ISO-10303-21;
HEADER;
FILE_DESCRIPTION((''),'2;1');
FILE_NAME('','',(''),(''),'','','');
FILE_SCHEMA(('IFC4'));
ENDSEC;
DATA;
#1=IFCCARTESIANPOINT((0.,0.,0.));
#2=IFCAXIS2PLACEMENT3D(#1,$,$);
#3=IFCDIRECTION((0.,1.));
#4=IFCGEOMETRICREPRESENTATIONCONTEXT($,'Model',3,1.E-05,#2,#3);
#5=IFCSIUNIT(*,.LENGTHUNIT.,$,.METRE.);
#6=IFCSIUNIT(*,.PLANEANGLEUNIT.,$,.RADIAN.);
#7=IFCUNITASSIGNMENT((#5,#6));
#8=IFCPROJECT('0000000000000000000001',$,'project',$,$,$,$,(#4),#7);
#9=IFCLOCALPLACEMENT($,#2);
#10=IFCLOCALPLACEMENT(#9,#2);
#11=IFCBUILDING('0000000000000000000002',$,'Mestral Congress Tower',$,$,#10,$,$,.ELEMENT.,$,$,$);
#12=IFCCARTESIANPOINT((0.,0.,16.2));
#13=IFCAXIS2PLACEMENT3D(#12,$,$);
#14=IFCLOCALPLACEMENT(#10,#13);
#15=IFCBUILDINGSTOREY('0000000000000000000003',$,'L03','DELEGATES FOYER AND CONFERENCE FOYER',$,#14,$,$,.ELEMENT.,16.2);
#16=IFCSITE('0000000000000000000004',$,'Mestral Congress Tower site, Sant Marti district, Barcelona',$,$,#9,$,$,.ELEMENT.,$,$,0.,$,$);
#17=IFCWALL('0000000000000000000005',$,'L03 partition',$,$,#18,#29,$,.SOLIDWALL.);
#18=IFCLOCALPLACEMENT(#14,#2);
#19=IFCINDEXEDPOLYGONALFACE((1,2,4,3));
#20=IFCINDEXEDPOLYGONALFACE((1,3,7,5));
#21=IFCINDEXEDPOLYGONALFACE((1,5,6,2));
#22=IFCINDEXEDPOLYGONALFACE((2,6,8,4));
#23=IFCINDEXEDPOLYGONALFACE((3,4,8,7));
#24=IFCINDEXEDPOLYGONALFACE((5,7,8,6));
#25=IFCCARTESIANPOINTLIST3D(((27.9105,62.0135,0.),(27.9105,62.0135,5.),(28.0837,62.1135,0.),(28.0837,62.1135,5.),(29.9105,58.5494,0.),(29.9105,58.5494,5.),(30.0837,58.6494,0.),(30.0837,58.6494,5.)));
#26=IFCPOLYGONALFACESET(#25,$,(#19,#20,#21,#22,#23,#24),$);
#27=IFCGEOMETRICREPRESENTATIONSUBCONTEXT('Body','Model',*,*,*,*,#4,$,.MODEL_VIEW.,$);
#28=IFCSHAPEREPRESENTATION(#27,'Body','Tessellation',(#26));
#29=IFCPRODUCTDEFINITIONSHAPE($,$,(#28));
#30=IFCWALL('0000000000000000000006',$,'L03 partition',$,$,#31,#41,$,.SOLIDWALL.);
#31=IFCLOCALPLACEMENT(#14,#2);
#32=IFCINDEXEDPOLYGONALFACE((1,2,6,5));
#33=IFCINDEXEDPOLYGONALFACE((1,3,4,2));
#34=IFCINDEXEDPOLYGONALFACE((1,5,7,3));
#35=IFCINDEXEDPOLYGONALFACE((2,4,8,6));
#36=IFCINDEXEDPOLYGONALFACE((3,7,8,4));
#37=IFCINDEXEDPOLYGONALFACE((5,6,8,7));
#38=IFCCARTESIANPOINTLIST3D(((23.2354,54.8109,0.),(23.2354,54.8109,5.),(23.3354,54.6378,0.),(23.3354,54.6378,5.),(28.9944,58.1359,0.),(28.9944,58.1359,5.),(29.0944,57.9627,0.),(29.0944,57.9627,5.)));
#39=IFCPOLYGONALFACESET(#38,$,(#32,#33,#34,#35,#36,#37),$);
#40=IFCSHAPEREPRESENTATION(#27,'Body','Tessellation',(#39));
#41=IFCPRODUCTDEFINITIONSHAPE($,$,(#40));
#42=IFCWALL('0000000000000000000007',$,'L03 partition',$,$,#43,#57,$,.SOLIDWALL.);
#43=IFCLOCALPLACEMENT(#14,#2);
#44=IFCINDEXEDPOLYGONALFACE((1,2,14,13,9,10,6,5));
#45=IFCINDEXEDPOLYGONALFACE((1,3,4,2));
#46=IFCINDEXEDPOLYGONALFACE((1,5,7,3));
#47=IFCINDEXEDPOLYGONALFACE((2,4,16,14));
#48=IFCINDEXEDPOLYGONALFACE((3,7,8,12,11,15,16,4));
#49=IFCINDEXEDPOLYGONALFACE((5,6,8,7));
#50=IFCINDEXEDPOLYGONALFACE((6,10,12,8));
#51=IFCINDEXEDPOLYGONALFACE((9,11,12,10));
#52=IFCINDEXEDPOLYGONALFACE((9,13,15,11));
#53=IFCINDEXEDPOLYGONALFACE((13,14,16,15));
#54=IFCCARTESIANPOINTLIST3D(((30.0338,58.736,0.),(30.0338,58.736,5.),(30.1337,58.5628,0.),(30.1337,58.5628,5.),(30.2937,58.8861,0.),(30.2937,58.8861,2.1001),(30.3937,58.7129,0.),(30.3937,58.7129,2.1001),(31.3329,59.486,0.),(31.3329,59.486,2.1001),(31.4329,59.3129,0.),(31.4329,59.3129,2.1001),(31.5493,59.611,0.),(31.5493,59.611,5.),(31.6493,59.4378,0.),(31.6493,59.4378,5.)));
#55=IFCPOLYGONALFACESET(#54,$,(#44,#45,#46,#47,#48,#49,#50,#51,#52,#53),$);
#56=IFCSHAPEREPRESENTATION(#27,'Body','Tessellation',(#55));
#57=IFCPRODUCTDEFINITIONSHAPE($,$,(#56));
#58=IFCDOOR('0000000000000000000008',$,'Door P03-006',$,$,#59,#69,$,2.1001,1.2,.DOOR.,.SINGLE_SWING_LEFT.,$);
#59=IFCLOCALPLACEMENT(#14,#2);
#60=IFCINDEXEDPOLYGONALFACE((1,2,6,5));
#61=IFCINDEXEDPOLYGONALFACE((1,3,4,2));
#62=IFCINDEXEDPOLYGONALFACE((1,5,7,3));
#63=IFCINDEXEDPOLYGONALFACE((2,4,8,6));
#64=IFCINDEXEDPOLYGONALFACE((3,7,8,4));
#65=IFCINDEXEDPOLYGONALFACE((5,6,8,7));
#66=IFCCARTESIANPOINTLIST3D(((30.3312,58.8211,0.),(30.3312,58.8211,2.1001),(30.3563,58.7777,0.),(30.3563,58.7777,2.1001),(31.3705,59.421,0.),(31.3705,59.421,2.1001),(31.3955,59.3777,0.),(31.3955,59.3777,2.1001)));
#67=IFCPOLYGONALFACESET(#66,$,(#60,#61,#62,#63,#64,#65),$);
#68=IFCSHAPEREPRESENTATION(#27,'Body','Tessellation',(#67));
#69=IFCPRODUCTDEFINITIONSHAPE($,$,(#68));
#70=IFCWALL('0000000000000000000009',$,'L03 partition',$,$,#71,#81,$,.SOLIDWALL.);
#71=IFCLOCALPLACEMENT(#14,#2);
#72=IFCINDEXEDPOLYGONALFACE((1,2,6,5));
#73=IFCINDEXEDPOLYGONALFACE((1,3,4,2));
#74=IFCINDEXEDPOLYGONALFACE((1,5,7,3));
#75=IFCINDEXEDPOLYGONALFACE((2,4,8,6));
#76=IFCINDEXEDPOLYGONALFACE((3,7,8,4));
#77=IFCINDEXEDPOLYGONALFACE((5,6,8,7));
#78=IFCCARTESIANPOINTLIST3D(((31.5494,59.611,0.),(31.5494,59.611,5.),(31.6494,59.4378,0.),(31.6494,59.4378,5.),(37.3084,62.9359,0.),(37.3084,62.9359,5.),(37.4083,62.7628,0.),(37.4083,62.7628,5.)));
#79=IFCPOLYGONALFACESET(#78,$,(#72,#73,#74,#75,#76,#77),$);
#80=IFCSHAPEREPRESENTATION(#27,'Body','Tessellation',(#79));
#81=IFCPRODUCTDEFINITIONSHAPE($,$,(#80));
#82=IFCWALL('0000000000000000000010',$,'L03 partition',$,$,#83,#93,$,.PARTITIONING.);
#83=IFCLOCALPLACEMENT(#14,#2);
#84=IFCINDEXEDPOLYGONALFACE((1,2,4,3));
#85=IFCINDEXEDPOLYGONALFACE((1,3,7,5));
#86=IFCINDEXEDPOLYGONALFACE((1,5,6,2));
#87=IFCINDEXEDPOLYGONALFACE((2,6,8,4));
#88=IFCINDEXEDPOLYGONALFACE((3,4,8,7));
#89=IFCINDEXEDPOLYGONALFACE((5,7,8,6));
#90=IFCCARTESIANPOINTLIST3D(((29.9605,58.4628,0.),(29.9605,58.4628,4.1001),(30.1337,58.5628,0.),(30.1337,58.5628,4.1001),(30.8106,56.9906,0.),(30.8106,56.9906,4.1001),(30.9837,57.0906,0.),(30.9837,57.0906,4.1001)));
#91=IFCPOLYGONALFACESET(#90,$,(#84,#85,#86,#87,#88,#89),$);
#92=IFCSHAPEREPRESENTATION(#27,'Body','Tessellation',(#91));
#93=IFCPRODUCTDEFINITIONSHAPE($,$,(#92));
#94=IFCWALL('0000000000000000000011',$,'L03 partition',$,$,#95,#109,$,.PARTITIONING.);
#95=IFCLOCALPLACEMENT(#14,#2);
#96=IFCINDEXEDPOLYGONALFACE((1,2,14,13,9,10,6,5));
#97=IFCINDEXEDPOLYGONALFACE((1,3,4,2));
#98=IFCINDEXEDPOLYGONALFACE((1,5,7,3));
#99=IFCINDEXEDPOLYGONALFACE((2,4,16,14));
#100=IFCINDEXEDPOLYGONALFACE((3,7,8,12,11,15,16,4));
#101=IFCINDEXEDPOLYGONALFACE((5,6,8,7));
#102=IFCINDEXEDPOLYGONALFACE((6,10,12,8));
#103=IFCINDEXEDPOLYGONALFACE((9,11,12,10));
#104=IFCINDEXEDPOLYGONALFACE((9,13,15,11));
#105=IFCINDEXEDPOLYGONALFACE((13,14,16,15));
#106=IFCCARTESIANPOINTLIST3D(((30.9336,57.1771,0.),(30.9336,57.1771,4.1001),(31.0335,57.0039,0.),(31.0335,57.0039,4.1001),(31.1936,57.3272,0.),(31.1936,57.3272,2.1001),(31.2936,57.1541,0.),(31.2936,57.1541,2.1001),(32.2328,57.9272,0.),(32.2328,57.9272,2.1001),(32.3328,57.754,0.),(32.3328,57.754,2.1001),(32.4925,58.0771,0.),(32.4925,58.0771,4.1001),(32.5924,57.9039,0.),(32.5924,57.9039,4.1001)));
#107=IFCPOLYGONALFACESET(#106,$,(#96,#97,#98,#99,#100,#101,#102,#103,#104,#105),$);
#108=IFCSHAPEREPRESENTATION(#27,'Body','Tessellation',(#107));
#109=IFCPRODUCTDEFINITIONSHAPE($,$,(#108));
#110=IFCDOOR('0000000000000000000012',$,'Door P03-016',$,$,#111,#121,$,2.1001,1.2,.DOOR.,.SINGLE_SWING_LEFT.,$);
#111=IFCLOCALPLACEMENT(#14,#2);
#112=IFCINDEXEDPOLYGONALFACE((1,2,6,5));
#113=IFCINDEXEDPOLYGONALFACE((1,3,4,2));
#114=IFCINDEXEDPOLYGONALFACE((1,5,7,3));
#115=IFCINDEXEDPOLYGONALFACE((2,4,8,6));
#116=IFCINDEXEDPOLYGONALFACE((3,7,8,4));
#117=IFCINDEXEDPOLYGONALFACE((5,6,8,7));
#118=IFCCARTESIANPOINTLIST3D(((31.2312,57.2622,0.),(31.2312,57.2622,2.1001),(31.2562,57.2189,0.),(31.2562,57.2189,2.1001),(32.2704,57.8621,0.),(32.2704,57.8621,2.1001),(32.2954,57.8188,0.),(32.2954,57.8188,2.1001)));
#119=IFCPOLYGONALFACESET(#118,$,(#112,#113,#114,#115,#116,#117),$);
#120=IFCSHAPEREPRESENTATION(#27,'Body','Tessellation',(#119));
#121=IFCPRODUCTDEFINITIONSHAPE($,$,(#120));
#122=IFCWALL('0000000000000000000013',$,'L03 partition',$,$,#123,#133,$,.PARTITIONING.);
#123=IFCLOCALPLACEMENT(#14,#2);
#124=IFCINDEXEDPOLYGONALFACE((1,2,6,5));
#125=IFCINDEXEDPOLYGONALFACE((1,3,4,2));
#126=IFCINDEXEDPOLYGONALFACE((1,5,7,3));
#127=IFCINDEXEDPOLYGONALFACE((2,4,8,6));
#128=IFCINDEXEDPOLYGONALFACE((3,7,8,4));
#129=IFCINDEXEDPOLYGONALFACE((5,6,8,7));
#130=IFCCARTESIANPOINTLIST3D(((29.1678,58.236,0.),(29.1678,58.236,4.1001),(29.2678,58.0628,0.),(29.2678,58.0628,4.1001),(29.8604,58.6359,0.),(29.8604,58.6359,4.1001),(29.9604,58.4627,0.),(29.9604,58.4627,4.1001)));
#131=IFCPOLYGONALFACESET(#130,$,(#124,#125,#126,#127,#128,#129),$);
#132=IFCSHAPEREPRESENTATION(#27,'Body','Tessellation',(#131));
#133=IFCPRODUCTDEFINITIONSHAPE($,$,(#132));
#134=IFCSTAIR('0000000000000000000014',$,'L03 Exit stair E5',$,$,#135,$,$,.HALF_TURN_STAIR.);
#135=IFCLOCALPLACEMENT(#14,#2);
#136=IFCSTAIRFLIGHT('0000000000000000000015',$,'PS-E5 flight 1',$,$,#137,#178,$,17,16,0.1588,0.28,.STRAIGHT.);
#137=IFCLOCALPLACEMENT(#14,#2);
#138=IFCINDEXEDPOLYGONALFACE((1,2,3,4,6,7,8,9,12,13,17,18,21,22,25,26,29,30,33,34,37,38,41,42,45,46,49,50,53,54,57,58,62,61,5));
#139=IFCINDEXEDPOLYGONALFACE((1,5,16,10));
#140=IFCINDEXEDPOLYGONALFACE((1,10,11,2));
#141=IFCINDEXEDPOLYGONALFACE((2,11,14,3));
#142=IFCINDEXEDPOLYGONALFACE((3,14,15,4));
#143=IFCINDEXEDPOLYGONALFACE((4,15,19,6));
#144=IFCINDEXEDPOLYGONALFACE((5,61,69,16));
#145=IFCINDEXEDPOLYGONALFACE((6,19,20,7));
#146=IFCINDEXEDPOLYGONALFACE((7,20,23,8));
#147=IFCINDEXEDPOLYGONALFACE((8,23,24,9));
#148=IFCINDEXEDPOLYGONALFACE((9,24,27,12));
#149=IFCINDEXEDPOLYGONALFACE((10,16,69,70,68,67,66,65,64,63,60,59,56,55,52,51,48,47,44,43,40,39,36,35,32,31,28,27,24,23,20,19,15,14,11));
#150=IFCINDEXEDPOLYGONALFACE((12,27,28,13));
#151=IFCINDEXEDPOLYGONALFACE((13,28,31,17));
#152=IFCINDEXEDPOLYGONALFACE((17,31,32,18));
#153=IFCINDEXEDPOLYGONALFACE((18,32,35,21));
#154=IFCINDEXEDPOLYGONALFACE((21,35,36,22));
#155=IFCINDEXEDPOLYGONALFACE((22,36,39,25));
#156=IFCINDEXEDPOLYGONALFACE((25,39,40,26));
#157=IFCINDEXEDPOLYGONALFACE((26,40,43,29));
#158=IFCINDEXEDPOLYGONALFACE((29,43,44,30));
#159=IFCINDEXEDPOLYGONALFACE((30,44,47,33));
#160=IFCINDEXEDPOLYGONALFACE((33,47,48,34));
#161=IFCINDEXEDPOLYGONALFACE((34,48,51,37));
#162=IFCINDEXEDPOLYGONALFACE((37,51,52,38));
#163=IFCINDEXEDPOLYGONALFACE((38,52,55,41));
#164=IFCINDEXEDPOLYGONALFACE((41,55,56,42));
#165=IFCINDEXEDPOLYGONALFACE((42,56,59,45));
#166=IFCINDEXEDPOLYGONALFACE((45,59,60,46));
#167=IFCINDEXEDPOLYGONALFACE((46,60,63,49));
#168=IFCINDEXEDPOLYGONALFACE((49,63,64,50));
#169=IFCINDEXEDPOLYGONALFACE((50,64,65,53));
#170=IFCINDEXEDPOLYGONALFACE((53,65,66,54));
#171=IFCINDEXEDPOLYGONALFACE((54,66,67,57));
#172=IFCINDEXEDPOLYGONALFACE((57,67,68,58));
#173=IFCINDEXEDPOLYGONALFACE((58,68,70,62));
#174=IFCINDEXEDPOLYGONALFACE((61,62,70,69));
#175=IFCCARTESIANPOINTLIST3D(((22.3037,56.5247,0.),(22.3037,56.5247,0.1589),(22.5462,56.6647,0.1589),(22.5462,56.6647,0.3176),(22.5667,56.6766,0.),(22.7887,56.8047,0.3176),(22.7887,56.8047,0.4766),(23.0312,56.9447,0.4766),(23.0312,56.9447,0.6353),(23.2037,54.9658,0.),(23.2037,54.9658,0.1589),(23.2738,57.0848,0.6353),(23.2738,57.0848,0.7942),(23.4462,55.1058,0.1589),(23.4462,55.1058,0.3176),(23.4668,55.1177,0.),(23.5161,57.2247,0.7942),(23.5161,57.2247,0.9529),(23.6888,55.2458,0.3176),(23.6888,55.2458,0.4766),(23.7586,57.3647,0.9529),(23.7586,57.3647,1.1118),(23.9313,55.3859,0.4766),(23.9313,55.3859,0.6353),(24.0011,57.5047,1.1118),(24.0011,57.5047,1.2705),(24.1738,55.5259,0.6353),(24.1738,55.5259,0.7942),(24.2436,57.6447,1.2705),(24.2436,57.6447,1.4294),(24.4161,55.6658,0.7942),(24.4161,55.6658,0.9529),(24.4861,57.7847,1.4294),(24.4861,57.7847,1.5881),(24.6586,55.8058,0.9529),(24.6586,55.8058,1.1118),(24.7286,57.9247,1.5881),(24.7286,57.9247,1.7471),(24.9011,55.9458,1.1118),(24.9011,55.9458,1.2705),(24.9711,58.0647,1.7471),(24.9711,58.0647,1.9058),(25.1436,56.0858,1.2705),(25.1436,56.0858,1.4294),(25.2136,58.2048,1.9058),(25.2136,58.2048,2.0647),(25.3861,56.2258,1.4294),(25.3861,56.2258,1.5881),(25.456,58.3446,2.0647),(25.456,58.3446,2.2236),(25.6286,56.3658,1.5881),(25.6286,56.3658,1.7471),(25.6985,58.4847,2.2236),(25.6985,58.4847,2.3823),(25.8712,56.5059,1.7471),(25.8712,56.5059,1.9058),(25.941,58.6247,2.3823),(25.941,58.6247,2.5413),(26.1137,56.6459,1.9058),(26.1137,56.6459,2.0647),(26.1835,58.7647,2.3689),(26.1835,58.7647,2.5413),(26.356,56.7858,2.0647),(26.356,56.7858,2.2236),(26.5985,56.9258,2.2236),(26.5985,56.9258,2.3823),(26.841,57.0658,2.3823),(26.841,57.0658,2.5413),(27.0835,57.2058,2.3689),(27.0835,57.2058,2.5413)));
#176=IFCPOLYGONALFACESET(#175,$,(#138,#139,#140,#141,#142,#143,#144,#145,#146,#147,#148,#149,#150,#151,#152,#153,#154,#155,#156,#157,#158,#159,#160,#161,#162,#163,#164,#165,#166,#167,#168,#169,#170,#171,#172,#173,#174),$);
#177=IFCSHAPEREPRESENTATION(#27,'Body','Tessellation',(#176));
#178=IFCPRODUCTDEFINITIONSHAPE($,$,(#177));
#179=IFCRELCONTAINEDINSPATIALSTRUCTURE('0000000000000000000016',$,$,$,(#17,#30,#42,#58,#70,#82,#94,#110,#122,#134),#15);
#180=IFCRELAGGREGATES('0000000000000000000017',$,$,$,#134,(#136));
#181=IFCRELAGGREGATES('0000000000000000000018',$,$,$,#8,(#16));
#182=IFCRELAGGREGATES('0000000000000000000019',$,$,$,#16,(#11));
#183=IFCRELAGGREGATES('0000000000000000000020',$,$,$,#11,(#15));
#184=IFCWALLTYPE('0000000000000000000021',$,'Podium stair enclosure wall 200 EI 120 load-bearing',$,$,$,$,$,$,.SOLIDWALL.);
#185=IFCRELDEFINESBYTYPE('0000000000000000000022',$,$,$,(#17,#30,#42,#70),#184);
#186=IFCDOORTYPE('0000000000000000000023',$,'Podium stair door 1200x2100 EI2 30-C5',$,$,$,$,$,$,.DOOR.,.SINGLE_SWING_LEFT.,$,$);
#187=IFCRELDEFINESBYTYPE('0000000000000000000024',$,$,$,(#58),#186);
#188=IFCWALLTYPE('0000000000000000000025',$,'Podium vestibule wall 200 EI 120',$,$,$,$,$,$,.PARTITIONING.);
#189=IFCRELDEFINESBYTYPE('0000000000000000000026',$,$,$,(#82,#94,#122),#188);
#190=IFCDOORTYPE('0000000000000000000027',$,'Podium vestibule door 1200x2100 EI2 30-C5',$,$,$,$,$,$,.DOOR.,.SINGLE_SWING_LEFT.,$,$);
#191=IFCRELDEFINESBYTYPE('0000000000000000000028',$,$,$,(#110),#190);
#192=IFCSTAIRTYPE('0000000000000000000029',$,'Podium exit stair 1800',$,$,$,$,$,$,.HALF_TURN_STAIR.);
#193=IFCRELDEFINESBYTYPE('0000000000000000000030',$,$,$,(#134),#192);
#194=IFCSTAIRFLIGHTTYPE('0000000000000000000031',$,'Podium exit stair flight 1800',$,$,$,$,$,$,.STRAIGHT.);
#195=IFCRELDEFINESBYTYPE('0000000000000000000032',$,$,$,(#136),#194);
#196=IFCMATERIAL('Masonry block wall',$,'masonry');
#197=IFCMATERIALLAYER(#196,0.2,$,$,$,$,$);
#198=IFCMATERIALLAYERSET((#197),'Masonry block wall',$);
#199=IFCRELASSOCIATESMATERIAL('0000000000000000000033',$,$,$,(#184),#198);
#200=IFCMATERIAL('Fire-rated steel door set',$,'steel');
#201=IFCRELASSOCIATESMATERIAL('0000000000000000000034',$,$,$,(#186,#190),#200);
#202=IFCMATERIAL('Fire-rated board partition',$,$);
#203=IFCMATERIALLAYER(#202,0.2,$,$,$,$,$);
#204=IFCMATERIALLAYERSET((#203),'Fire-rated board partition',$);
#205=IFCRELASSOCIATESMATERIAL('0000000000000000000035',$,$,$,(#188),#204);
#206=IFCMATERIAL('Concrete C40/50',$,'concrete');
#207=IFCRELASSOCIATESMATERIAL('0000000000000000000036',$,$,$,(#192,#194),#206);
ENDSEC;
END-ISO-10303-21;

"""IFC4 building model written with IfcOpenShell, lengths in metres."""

from ifc_helpers import new_model, si_unit, direction, frame, frame_2d, origin, place, context, subcontext, project, spatial, polyline, rectangle, outline, extrude, material, layer, layer_set, type_object, element, fill, aggregate, save


model = new_model("IFC4")

# Units and contexts
model_context = context("Model", 3, precision=1e-05, world=origin(), true_north=direction((0.0, 1.0)))
body_context = subcontext(model_context, "Body", "Model", "MODEL_VIEW")
ifc_project = project(units=[si_unit("LENGTHUNIT", "METRE"), si_unit("PLANEANGLEUNIT", "RADIAN")], contexts=[model_context])

# Site, building, storey
site_placement = place(None, origin())
site = spatial("IfcSite", under=ifc_project, at=site_placement, Name="Mestral Congress Tower site, Sant Marti district, Barcelona", CompositionType="ELEMENT", RefElevation=0.0)
building_placement = place(site_placement, origin())
building = spatial("IfcBuilding", under=site, at=building_placement, Name="Mestral Congress Tower", CompositionType="ELEMENT")
storey_placement = place(building_placement, frame((0.0, 0.0, 16.2)))
storey = spatial("IfcBuildingStorey", under=building, at=storey_placement, Name="L03", Description="DELEGATES FOYER AND CONFERENCE FOYER", CompositionType="ELEMENT", Elevation=16.2)

# Walls
ifc_material_1 = material(Name="Masonry block wall", Category="masonry")
ifc_layer_1 = layer(ifc_material_1, 0.2)
ifc_layer_set_1 = layer_set([ifc_layer_1], Name="Masonry block wall")
wall_type_1 = type_object("IfcWallType", Name="Podium stair enclosure wall 200 EI 120 load-bearing", PredefinedType="SOLIDWALL", material=ifc_layer_set_1)
wall_1_placement = place(storey_placement, frame((29.9971, 58.5994, 0.0), z_axis=(0.0, 0.0, 1.0), x_axis=(-0.499999, 0.866026, 0.0)))
element("IfcWall", 1, at=wall_1_placement, inside=storey, type_object=wall_type_1, Name="L03 partition", PredefinedType="SOLIDWALL", context=body_context, shape_type="SweptSolid", body=[
    extrude(rectangle(XDim=4.0, YDim=0.2, at=frame_2d((2.0, 0.0))), origin(), (0.0, 0.0, 1.0), 5.0),
])
wall_2_placement = place(storey_placement, frame((23.2854, 54.7244, 0.0), z_axis=(0.0, 0.0, 1.0), x_axis=(0.866027, 0.499997, 0.0)))
element("IfcWall", 2, at=wall_2_placement, inside=storey, type_object=wall_type_1, Name="L03 partition", PredefinedType="SOLIDWALL", context=body_context, shape_type="SweptSolid", body=[
    extrude(rectangle(XDim=6.6499, YDim=0.2, at=frame_2d((3.325, 0.0))), origin(), (0.0, 0.0, 1.0), 5.0),
])

# Wall, opening, door
wall_3_placement = place(storey_placement, frame((30.0837, 58.6494, 0.0), z_axis=(0.0, 0.0, 1.0), x_axis=(0.866037, 0.49998, 0.0)))
wall_3 = element("IfcWall", 3, at=wall_3_placement, inside=storey, type_object=wall_type_1, Name="L03 partition", PredefinedType="SOLIDWALL", context=body_context, shape_type="SweptSolid", body=[
    extrude(rectangle(XDim=1.75, YDim=0.2, at=frame_2d((0.875, 0.0))), origin(), (0.0, 0.0, 1.0), 5.0),
])
opening_1_placement = place(wall_3_placement, frame((0.3, 0.0, 0.0)))
opening_1 = element("IfcOpeningElement", 4, at=opening_1_placement, cuts=wall_3, PredefinedType="OPENING", context=body_context, shape_type="SweptSolid", body=[
    extrude(rectangle(XDim=1.2, YDim=2.1001, at=frame_2d((0.6001, 1.05))), frame((0.0, 0.1099, 0.0), z_axis=(0.0, -1.0, 0.0), x_axis=(1.0, 0.0, 0.0)), (0.0, 0.0, 1.0), 0.22),
])
ifc_material_2 = material(Name="Fire-rated steel door set", Category="steel")
door_type_1 = type_object("IfcDoorType", Name="Podium stair door 1200x2100 EI2 30-C5", OperationType="SINGLE_SWING_LEFT", PredefinedType="DOOR", material=ifc_material_2)
door_1_placement = place(opening_1_placement, origin())
door_1 = element("IfcDoor", 5, at=door_1_placement, inside=storey, type_object=door_type_1, Name="Door P03-006", OperationType="SINGLE_SWING_LEFT", OverallHeight=2.1001, OverallWidth=1.2, PredefinedType="DOOR", context=body_context, shape_type="SweptSolid", body=[
    extrude(rectangle(XDim=1.2, YDim=2.1001, at=frame_2d((0.6001, 1.05))), frame((0.0, 0.0249, 0.0), z_axis=(0.0, -1.0, 0.0), x_axis=(1.0, 0.0, 0.0)), (0.0, 0.0, 1.0), 0.05),
])
fill(opening_1, door_1)

# Walls
wall_4_placement = place(storey_placement, frame((31.5994, 59.5244, 0.0), z_axis=(0.0, 0.0, 1.0), x_axis=(0.866027, 0.499997, 0.0)))
element("IfcWall", 6, at=wall_4_placement, inside=storey, type_object=wall_type_1, Name="L03 partition", PredefinedType="SOLIDWALL", context=body_context, shape_type="SweptSolid", body=[
    extrude(rectangle(XDim=6.6499, YDim=0.2, at=frame_2d((3.325, 0.0))), origin(), (0.0, 0.0, 1.0), 5.0),
])
ifc_material_3 = material(Name="Fire-rated board partition")
ifc_layer_2 = layer(ifc_material_3, 0.2)
ifc_layer_set_2 = layer_set([ifc_layer_2], Name="Fire-rated board partition")
wall_type_2 = type_object("IfcWallType", Name="Podium vestibule wall 200 EI 120", PredefinedType="PARTITIONING", material=ifc_layer_set_2)
wall_5_placement = place(storey_placement, frame((30.8972, 57.0405, 0.0), z_axis=(0.0, 0.0, 1.0), x_axis=(-0.500062, 0.865989, 0.0)))
element("IfcWall", 7, at=wall_5_placement, inside=storey, type_object=wall_type_2, Name="L03 partition", PredefinedType="PARTITIONING", context=body_context, shape_type="SweptSolid", body=[
    extrude(rectangle(XDim=1.7, YDim=0.2, at=frame_2d((0.8501, 0.0))), origin(), (0.0, 0.0, 1.0), 4.1001),
])

# Wall, opening, door
wall_6_placement = place(storey_placement, frame((30.9836, 57.0906, 0.0), z_axis=(0.0, 0.0, 1.0), x_axis=(0.866048, 0.499961, 0.0)))
wall_6 = element("IfcWall", 8, at=wall_6_placement, inside=storey, type_object=wall_type_2, Name="L03 partition", PredefinedType="PARTITIONING", context=body_context, shape_type="SweptSolid", body=[
    extrude(rectangle(XDim=1.8, YDim=0.2, at=frame_2d((0.8999, 0.0))), origin(), (0.0, 0.0, 1.0), 4.1001),
])
opening_2_placement = place(wall_6_placement, frame((0.3, 0.0, 0.0)))
opening_2 = element("IfcOpeningElement", 9, at=opening_2_placement, cuts=wall_6, PredefinedType="OPENING", context=body_context, shape_type="SweptSolid", body=[
    extrude(rectangle(XDim=1.2, YDim=2.1001, at=frame_2d((0.6001, 1.05))), frame((0.0, 0.1099, 0.0), z_axis=(0.0, -1.0, 0.0), x_axis=(1.0, 0.0, 0.0)), (0.0, 0.0, 1.0), 0.22),
])
door_type_2 = type_object("IfcDoorType", Name="Podium vestibule door 1200x2100 EI2 30-C5", OperationType="SINGLE_SWING_LEFT", PredefinedType="DOOR", material=ifc_material_2)
door_2_placement = place(opening_2_placement, origin())
door_2 = element("IfcDoor", 10, at=door_2_placement, inside=storey, type_object=door_type_2, Name="Door P03-016", OperationType="SINGLE_SWING_LEFT", OverallHeight=2.1001, OverallWidth=1.2, PredefinedType="DOOR", context=body_context, shape_type="SweptSolid", body=[
    extrude(rectangle(XDim=1.2, YDim=2.1001, at=frame_2d((0.6001, 1.05))), frame((0.0, 0.0249, 0.0), z_axis=(0.0, -1.0, 0.0), x_axis=(1.0, 0.0, 0.0)), (0.0, 0.0, 1.0), 0.05),
])
fill(opening_2, door_2)

# Wall
wall_7_placement = place(storey_placement, frame((29.2178, 58.1494, 0.0), z_axis=(0.0, 0.0, 1.0), x_axis=(0.866018, 0.500013, 0.0)))
element("IfcWall", 11, at=wall_7_placement, inside=storey, type_object=wall_type_2, Name="L03 partition", PredefinedType="PARTITIONING", context=body_context, shape_type="SweptSolid", body=[
    extrude(rectangle(XDim=0.7998, YDim=0.2, at=frame_2d((0.3999, 0.0))), origin(), (0.0, 0.0, 1.0), 4.1001),
])

# Stair, stair flight
ifc_material_4 = material(Name="Concrete C40/50", Category="concrete")
stair_type = type_object("IfcStairType", Name="Podium exit stair 1800", PredefinedType="HALF_TURN_STAIR", material=ifc_material_4)
placement = place(storey_placement, origin())
stair_1 = element("IfcStair", 12, at=placement, inside=storey, type_object=stair_type, Name="L03 Exit stair E5", PredefinedType="HALF_TURN_STAIR")
stair_flight_type = type_object("IfcStairFlightType", Name="Podium exit stair flight 1800", PredefinedType="STRAIGHT", material=ifc_material_4)
stair_flight_1_placement = place(storey_placement, frame((22.7537, 55.7454, 0.0), z_axis=(0.0, 0.0, 1.0), x_axis=(0.866025, 0.5, 0.0)))
stair_flight_1 = element("IfcStairFlight", 13, at=stair_flight_1_placement, type_object=stair_flight_type, Name="PS-E5 flight 1", NumberOfRisers=17, NumberOfTreads=16, PredefinedType="STRAIGHT", RiserHeight=0.1588, TreadLength=0.28, context=body_context, shape_type="SweptSolid", body=[
    extrude(outline(polyline([(0.0, 0.0), (0.0, 0.1589), (0.28, 0.1589), (0.28, 0.3176), (0.5601, 0.3176), (0.5601, 0.4766), (0.8401, 0.4766), (0.8401, 0.6353), (1.1201, 0.6353), (1.1201, 0.7942), (1.3999, 0.7942), (1.3999, 0.9529), (1.6799, 0.9529), (1.6799, 1.1118), (1.96, 1.1118), (1.96, 1.2705), (2.24, 1.2705), (2.24, 1.4294), (2.52, 1.4294), (2.52, 1.5881), (2.8, 1.5881), (2.8, 1.7471), (3.0801, 1.7471), (3.0801, 1.9058), (3.3601, 1.9058), (3.3601, 2.0647), (3.6399, 2.0647), (3.6399, 2.2236), (3.9199, 2.2236), (3.9199, 2.3823), (4.2, 2.3823), (4.2, 2.5413), (4.48, 2.5413), (4.48, 2.7), (4.48, 2.3689), (0.3037, 0.0), (0.0, 0.0)])), frame((0.0, 0.8999, 0.0), z_axis=(0.0, -1.0, 0.0), x_axis=(1.0, 0.0, 0.0)), (0.0, 0.0, 1.0), 1.8),
])
aggregate(stair_1, [stair_flight_1])

save(model, "model.ifc")
